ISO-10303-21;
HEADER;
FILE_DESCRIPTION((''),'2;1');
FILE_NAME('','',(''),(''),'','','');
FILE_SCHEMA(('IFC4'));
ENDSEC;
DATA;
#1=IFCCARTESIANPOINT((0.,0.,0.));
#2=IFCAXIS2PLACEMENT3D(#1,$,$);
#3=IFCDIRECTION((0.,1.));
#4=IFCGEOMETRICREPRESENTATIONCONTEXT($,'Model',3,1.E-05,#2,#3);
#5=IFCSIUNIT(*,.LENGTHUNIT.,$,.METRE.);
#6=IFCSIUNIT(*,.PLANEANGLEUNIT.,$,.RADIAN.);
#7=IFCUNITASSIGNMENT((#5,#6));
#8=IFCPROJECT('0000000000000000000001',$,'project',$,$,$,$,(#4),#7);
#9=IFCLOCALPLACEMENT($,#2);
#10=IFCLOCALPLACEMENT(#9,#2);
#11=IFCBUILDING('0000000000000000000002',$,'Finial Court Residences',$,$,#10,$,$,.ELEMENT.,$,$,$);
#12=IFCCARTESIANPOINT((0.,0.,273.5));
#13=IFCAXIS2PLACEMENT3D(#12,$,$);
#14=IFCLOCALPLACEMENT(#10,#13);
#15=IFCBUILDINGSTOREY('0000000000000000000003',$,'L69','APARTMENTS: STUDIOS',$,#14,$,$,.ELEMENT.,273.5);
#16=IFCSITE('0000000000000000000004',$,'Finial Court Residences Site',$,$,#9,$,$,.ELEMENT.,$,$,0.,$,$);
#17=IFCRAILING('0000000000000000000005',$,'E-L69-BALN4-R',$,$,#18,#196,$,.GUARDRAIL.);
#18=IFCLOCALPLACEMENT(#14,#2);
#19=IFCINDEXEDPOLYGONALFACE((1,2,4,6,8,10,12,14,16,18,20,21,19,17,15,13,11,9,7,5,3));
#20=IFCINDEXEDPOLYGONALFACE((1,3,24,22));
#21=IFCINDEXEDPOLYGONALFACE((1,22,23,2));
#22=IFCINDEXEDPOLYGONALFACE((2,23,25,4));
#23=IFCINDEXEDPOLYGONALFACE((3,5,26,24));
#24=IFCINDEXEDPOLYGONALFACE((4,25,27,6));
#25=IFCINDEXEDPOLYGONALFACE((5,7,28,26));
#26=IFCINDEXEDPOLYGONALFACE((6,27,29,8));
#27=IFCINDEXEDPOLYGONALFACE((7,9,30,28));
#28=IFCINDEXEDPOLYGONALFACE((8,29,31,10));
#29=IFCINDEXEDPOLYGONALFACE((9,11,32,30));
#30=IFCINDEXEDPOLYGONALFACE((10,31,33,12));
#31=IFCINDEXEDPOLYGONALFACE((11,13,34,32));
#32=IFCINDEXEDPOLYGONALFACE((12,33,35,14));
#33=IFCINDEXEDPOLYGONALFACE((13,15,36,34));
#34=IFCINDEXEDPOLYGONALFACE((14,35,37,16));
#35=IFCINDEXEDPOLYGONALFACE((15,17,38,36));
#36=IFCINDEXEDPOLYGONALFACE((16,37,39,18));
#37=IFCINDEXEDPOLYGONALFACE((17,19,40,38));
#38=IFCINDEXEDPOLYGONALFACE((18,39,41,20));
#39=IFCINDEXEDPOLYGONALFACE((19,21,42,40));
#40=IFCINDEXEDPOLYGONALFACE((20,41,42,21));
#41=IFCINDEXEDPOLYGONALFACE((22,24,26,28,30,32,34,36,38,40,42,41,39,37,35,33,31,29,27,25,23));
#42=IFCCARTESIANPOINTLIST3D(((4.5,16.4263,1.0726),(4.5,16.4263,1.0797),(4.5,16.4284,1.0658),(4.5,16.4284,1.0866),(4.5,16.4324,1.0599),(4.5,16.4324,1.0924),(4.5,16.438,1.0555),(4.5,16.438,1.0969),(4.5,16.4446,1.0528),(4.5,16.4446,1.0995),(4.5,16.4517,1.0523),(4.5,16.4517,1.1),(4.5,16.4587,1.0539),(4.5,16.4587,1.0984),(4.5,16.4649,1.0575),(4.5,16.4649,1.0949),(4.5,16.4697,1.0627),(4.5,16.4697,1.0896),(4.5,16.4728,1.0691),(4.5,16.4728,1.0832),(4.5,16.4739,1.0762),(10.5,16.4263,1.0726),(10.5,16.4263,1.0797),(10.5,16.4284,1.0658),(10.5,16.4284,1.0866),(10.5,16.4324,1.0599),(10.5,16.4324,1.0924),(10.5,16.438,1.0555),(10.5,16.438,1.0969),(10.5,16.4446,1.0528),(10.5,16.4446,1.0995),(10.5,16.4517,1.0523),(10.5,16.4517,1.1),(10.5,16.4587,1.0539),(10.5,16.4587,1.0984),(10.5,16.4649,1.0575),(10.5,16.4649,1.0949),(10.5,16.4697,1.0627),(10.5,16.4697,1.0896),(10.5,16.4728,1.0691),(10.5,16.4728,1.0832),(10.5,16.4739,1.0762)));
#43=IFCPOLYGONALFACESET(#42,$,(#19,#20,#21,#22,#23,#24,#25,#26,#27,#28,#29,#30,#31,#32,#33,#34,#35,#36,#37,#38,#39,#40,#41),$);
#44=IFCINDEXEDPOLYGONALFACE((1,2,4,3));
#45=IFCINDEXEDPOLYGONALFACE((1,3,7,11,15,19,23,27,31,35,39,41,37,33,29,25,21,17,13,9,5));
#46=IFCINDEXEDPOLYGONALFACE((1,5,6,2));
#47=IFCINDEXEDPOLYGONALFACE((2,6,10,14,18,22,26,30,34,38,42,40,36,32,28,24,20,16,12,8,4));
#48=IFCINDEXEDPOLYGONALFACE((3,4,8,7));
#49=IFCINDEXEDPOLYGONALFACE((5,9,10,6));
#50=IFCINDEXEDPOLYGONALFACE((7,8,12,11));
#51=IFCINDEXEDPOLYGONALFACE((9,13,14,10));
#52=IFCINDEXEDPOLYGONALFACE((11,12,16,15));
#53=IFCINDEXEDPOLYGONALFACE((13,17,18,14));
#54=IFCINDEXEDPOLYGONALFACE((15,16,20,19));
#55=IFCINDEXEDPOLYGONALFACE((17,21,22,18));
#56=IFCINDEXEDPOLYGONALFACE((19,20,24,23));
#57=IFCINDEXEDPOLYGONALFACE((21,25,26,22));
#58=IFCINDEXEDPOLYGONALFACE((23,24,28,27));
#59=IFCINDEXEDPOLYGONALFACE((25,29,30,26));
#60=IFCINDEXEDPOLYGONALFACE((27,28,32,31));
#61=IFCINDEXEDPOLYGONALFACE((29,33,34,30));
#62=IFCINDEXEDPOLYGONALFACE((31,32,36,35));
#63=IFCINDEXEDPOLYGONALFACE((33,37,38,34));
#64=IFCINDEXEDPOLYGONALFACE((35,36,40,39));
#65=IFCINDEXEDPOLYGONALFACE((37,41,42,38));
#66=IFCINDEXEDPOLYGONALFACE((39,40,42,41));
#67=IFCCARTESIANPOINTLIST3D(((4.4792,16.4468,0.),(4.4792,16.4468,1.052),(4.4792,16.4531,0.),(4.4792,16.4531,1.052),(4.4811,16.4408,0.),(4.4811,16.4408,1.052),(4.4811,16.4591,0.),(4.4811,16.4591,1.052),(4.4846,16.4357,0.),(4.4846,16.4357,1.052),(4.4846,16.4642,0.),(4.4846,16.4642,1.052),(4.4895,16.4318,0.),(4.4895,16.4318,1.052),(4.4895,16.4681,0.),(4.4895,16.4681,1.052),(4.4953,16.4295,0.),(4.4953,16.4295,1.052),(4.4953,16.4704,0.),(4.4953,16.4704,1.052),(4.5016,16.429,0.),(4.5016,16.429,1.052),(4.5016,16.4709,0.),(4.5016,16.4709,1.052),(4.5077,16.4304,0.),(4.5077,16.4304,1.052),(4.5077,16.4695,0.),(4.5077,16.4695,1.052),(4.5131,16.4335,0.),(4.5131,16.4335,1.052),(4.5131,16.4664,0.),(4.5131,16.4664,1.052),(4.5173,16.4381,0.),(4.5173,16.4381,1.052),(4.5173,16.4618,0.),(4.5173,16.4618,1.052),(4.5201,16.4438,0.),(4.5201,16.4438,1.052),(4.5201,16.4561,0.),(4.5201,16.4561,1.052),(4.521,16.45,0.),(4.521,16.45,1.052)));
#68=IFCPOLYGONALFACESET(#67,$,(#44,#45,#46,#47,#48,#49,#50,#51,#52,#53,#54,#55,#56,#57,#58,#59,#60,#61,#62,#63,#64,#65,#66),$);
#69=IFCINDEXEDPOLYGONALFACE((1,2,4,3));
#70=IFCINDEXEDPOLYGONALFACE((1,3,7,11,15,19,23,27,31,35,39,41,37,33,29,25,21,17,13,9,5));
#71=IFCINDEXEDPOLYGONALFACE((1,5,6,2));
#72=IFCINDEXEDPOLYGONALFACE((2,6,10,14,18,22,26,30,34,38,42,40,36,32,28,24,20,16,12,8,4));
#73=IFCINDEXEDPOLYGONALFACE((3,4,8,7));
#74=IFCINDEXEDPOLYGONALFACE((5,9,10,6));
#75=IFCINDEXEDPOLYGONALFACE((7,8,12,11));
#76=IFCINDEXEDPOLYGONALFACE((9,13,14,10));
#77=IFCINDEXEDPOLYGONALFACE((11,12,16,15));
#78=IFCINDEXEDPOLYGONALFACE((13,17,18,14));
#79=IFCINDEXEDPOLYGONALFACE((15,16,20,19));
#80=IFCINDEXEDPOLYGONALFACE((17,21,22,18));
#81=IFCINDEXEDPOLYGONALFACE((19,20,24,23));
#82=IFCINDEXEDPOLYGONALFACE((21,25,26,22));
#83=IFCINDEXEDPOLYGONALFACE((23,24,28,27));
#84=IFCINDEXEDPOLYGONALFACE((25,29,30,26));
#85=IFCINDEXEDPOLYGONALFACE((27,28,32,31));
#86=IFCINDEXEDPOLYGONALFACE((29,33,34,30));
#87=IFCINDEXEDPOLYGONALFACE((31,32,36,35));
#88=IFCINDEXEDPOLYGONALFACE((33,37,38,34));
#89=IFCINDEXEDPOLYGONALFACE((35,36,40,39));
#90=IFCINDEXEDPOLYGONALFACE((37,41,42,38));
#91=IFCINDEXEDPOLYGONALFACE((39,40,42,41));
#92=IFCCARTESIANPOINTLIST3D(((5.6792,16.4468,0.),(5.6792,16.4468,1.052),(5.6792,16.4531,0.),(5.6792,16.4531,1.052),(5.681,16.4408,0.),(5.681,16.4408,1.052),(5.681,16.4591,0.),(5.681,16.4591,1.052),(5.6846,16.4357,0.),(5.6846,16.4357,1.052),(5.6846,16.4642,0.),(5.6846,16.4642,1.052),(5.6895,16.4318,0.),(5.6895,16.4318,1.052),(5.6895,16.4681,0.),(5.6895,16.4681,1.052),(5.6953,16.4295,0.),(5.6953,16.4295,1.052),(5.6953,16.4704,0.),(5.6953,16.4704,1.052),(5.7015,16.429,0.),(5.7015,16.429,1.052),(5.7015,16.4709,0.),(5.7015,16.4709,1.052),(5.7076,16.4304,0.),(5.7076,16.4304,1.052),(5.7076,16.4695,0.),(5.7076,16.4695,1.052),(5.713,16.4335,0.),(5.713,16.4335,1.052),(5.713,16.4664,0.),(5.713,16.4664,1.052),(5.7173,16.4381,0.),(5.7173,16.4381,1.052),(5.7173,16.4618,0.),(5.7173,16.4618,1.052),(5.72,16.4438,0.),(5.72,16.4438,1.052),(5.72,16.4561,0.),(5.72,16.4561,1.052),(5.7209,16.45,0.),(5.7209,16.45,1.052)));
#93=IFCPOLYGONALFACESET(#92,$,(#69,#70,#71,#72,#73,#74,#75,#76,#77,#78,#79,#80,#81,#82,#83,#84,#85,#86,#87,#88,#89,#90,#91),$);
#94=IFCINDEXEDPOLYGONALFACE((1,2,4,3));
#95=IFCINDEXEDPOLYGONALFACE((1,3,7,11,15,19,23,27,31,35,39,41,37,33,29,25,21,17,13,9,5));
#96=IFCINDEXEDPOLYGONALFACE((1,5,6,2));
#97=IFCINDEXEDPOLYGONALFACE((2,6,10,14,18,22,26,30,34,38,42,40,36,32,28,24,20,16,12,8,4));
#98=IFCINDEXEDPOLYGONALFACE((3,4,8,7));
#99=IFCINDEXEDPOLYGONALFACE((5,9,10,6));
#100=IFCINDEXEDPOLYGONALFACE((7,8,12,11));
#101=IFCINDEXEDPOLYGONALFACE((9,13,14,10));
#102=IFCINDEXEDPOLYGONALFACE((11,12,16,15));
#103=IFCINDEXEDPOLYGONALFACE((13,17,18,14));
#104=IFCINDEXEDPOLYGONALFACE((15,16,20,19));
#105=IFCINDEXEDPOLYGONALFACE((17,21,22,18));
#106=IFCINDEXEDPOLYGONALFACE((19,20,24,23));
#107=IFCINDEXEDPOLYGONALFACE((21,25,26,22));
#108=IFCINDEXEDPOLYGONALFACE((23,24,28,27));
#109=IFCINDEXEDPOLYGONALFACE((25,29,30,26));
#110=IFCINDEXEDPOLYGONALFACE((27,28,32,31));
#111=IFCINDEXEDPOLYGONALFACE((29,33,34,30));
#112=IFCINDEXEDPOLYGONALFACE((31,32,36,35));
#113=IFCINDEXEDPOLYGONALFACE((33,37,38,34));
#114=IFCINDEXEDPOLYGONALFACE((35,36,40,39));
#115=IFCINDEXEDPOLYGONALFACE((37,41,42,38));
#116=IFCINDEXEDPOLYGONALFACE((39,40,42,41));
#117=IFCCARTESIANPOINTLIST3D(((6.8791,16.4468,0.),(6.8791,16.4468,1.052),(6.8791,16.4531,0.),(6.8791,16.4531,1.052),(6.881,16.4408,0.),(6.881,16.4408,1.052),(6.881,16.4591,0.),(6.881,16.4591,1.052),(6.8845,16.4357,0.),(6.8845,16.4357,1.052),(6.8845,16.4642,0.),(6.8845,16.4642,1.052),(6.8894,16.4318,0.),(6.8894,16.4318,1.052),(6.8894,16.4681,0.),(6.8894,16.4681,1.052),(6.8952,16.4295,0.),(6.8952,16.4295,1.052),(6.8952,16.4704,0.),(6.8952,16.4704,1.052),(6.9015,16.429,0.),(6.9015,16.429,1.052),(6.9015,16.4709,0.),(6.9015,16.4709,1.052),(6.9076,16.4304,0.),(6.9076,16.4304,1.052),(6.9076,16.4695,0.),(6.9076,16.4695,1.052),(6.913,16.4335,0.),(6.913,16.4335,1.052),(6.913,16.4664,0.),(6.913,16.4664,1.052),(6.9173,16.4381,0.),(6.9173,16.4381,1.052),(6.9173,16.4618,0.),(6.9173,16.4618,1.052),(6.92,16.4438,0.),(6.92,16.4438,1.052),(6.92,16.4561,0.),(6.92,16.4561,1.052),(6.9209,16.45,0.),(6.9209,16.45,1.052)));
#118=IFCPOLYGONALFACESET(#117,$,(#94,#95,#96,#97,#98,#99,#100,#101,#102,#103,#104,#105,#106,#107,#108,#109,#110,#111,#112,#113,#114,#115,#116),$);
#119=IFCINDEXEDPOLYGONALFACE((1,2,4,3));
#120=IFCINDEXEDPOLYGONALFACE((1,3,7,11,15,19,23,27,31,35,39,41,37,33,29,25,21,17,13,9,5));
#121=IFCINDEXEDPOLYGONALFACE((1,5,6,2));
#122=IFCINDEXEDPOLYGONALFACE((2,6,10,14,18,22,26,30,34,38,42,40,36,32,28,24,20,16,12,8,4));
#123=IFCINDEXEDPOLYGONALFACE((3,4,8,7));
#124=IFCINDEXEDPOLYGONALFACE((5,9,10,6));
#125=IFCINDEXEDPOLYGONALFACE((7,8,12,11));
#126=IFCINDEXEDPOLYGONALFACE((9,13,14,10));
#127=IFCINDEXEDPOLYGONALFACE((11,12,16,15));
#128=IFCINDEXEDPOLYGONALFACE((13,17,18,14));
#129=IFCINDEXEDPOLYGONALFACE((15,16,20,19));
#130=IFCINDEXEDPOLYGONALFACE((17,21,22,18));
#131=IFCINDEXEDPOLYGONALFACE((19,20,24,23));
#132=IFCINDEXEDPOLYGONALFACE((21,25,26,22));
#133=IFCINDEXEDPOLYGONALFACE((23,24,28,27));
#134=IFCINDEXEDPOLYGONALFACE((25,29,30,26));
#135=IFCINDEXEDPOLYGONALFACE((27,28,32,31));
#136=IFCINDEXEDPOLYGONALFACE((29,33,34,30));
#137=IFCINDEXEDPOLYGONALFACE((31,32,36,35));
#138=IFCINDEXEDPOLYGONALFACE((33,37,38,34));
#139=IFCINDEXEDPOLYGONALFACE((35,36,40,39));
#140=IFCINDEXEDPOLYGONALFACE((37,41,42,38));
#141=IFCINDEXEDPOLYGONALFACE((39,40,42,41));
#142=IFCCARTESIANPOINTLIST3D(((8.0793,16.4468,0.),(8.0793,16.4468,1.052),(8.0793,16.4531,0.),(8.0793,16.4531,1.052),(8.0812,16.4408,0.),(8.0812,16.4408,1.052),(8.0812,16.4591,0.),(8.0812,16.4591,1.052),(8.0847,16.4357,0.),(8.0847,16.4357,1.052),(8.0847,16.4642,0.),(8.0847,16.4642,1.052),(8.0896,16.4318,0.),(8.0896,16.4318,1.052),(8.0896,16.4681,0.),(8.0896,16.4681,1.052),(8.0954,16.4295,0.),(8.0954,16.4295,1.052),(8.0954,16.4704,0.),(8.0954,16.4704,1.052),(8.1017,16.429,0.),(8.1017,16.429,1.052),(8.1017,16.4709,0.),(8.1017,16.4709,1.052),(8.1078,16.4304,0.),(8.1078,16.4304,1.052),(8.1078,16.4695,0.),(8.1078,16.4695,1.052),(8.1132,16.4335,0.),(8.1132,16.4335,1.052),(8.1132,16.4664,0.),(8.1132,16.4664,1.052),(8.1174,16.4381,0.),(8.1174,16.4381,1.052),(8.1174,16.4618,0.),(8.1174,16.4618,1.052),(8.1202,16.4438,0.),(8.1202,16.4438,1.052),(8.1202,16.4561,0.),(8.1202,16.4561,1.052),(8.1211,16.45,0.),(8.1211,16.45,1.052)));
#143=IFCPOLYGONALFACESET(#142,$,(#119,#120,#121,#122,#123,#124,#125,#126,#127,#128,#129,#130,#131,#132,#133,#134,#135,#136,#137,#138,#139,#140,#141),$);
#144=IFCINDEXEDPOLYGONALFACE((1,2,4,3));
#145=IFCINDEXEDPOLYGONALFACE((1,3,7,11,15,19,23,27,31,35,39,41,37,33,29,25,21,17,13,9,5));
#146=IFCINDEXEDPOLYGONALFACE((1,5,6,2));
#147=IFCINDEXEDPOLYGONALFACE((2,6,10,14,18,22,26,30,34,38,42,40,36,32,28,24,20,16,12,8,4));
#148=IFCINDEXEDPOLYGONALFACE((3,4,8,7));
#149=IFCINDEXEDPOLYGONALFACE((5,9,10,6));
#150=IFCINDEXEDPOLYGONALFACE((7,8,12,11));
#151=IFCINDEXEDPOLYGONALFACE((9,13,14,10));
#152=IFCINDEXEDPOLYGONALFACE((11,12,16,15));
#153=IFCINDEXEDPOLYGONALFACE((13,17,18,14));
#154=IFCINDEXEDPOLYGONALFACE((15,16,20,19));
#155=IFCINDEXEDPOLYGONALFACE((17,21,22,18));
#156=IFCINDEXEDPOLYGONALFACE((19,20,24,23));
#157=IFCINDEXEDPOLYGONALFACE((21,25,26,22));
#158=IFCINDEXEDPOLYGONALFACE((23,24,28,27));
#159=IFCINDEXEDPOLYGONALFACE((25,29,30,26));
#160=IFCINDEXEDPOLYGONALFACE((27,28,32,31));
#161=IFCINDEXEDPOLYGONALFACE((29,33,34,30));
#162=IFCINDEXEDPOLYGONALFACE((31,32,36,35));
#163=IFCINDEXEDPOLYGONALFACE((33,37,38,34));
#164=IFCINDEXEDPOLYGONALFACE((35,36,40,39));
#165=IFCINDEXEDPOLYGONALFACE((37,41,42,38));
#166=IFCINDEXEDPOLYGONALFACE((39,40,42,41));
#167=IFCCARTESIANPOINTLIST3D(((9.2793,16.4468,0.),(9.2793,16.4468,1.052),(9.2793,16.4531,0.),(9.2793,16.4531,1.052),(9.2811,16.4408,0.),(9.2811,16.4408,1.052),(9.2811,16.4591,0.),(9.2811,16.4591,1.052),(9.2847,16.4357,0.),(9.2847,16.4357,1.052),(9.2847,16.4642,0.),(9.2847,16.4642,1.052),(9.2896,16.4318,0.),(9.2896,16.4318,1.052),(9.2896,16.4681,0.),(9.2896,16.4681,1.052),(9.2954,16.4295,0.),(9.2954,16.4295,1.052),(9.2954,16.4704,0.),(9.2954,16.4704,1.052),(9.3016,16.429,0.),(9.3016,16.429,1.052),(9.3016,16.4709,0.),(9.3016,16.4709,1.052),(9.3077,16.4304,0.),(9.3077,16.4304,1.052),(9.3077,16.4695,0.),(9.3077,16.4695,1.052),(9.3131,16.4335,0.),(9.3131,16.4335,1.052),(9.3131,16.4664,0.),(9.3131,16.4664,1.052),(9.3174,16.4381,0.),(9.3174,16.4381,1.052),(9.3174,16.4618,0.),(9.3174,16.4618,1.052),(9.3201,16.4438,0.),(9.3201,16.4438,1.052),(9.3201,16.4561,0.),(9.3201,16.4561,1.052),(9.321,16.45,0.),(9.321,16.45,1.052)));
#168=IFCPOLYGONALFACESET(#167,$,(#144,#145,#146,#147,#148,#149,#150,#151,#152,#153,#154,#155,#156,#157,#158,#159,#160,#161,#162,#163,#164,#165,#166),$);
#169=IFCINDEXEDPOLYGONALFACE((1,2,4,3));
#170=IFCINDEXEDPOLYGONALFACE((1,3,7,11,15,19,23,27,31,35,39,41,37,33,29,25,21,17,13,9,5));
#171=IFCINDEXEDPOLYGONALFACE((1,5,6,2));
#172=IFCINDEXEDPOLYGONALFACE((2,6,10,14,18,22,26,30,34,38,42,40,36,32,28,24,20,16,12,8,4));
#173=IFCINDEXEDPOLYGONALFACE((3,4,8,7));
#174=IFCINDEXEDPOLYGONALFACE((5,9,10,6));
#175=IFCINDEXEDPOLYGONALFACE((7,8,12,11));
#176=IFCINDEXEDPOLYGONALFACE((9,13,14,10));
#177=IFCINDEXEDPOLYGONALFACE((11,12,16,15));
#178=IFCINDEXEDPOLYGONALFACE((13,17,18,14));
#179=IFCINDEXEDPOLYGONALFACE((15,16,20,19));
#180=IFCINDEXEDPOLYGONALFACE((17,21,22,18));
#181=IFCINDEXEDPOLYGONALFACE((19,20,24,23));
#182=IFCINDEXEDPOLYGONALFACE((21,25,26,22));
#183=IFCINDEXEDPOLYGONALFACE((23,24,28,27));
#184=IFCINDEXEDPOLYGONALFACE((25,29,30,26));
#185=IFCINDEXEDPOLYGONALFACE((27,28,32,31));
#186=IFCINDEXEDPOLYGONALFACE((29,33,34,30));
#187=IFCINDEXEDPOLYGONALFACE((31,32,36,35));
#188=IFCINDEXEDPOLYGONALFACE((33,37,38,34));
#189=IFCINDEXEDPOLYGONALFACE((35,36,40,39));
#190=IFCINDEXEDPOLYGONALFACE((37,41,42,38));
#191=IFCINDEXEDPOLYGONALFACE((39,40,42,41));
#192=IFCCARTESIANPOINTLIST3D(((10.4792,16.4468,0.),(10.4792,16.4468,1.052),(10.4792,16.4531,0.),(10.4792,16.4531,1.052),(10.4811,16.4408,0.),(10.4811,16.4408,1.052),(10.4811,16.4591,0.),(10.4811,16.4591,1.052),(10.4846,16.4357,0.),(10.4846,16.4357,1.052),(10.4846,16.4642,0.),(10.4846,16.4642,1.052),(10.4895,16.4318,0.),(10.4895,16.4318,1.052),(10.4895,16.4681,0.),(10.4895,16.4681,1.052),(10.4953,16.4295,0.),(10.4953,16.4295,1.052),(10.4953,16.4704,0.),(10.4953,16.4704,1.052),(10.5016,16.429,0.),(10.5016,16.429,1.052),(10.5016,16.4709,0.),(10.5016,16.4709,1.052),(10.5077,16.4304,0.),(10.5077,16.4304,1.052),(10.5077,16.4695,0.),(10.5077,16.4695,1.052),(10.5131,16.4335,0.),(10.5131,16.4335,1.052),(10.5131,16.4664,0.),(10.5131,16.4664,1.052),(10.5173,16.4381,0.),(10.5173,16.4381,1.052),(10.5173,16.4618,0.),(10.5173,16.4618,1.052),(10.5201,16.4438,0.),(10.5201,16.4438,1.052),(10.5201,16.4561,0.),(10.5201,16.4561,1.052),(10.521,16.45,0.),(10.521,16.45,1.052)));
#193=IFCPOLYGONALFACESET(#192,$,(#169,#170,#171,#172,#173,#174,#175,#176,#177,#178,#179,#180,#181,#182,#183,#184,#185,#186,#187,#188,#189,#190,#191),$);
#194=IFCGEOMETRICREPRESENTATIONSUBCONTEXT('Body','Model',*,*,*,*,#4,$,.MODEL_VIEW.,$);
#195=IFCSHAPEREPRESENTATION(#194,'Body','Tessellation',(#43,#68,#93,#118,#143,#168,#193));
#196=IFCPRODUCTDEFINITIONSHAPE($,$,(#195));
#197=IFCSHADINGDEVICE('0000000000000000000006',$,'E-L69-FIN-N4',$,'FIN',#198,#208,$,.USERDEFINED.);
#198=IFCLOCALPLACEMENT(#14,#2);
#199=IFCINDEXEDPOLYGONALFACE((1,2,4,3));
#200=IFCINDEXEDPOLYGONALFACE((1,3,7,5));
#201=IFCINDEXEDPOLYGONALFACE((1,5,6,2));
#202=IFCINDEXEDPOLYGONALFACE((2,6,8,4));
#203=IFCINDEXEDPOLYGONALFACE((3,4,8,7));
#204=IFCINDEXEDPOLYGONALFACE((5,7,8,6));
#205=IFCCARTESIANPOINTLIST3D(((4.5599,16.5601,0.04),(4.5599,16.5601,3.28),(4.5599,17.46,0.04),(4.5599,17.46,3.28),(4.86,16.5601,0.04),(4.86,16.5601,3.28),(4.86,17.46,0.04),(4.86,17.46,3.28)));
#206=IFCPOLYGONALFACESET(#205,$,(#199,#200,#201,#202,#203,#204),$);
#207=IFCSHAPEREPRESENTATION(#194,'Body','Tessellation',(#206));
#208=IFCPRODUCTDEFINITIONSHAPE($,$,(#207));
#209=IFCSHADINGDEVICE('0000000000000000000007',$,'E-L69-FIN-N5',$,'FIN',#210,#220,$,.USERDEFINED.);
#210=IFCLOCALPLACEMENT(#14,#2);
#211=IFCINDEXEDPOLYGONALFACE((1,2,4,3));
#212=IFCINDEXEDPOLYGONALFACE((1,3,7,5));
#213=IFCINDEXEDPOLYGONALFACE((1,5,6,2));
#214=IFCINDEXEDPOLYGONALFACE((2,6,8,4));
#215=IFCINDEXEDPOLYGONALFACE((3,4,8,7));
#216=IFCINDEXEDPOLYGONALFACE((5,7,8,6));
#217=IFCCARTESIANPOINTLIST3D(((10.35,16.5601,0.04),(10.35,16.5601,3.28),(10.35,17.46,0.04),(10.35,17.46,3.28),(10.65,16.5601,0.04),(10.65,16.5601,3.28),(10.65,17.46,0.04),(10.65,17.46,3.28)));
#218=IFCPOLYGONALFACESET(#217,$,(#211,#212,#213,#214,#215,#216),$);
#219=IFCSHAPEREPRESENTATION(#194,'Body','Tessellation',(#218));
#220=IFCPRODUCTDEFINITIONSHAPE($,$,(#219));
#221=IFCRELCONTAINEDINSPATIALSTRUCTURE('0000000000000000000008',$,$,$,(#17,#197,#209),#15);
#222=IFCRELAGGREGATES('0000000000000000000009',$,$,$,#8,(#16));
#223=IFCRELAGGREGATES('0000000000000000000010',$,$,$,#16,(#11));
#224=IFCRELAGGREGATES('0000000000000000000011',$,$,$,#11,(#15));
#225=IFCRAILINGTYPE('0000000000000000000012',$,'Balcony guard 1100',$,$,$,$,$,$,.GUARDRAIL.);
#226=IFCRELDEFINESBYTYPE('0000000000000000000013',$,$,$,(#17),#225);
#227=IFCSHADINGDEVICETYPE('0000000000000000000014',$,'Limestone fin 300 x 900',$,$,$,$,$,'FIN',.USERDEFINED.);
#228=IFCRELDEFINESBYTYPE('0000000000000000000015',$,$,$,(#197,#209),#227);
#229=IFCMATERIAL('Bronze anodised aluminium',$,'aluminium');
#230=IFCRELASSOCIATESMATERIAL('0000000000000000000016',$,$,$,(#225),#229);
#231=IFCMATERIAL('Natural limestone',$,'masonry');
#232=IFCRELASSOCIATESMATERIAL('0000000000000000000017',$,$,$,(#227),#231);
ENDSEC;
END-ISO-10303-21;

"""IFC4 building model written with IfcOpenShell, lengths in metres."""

from ifc_helpers import new_model, si_unit, direction, frame, origin, origin_2d, place, context, subcontext, project, spatial, rectangle, circle, extrude, material, type_object, element, save


model = new_model("IFC4")

# Units and contexts
model_context = context("Model", 3, precision=1e-05, world=origin(), true_north=direction((0.0, 1.0)))
body_context = subcontext(model_context, "Body", "Model", "MODEL_VIEW")
ifc_project = project(units=[si_unit("LENGTHUNIT", "METRE"), si_unit("PLANEANGLEUNIT", "RADIAN")], contexts=[model_context])

# Site, building, storey
site_placement = place(None, origin())
site = spatial("IfcSite", under=ifc_project, at=site_placement, Name="Finial Court Residences Site", CompositionType="ELEMENT", RefElevation=0.0)
building_placement = place(site_placement, origin())
building = spatial("IfcBuilding", under=site, at=building_placement, Name="Finial Court Residences", CompositionType="ELEMENT")
storey_placement = place(building_placement, frame((0.0, 0.0, 273.5)))
storey = spatial("IfcBuildingStorey", under=building, at=storey_placement, Name="L69", Description="APARTMENTS: STUDIOS", CompositionType="ELEMENT", Elevation=273.5)

# Shared definitions
ifc_material_1 = material(Name="Bronze anodised aluminium", Category="aluminium")

# Shared definitions
ifc_material_2 = material(Name="Natural limestone", Category="masonry")

# Railing
railing_type = type_object("IfcRailingType", Name="Balcony guard 1100", PredefinedType="GUARDRAIL", material=ifc_material_1)
railing_placement = place(storey_placement, frame((4.5, 16.45, 0.0)))
element("IfcRailing", 1, at=railing_placement, inside=storey, type_object=railing_type, Name="E-L69-BALN4-R", PredefinedType="GUARDRAIL", context=body_context, shape_type="SweptSolid", body=[
    extrude(circle(Radius=0.0239, at=origin_2d()), frame((0.0, 0.0, 1.0762), z_axis=(1.0, 0.0, 0.0), x_axis=(0.0, 1.0, 0.0)), (0.0, 0.0, 1.0), 6.0),
    extrude(circle(Radius=0.021, at=origin_2d()), origin(), (0.0, 0.0, 1.0), 1.052),
    extrude(circle(Radius=0.021, at=origin_2d()), frame((1.2, 0.0, 0.0)), (0.0, 0.0, 1.0), 1.052),
    extrude(circle(Radius=0.021, at=origin_2d()), frame((2.3999, 0.0, 0.0)), (0.0, 0.0, 1.0), 1.052),
    extrude(circle(Radius=0.021, at=origin_2d()), frame((3.6001, 0.0, 0.0)), (0.0, 0.0, 1.0), 1.052),
    extrude(circle(Radius=0.021, at=origin_2d()), frame((4.8, 0.0, 0.0)), (0.0, 0.0, 1.0), 1.052),
    extrude(circle(Radius=0.021, at=origin_2d()), frame((6.0, 0.0, 0.0)), (0.0, 0.0, 1.0), 1.052),
])

# Shading devices
shading_device_type = type_object("IfcShadingDeviceType", Name="Limestone fin 300 x 900", ElementType="FIN", PredefinedType="USERDEFINED", material=ifc_material_2)
for number, where, z_axis, x_axis, name in (
    (2, (4.71, 17.01, 0.04), (0.0, 0.0, 1.0), (1.0, 0.0, 0.0), "E-L69-FIN-N4"),
    (3, (10.5, 17.01, 0.04), (0.0, 0.0, 1.0), (1.0, 0.0, 0.0), "E-L69-FIN-N5"),
):
    element("IfcShadingDevice", number, at=place(storey_placement, frame(where, z_axis=z_axis, x_axis=x_axis)), inside=storey, type_object=shading_device_type, Name=name, ObjectType="FIN", PredefinedType="USERDEFINED", context=body_context, shape_type="SweptSolid", body=[
        extrude(rectangle(XDim=0.3, YDim=0.8999, at=origin_2d()), origin(), (0.0, 0.0, 1.0), 3.24),
    ])

save(model, "model.ifc")
